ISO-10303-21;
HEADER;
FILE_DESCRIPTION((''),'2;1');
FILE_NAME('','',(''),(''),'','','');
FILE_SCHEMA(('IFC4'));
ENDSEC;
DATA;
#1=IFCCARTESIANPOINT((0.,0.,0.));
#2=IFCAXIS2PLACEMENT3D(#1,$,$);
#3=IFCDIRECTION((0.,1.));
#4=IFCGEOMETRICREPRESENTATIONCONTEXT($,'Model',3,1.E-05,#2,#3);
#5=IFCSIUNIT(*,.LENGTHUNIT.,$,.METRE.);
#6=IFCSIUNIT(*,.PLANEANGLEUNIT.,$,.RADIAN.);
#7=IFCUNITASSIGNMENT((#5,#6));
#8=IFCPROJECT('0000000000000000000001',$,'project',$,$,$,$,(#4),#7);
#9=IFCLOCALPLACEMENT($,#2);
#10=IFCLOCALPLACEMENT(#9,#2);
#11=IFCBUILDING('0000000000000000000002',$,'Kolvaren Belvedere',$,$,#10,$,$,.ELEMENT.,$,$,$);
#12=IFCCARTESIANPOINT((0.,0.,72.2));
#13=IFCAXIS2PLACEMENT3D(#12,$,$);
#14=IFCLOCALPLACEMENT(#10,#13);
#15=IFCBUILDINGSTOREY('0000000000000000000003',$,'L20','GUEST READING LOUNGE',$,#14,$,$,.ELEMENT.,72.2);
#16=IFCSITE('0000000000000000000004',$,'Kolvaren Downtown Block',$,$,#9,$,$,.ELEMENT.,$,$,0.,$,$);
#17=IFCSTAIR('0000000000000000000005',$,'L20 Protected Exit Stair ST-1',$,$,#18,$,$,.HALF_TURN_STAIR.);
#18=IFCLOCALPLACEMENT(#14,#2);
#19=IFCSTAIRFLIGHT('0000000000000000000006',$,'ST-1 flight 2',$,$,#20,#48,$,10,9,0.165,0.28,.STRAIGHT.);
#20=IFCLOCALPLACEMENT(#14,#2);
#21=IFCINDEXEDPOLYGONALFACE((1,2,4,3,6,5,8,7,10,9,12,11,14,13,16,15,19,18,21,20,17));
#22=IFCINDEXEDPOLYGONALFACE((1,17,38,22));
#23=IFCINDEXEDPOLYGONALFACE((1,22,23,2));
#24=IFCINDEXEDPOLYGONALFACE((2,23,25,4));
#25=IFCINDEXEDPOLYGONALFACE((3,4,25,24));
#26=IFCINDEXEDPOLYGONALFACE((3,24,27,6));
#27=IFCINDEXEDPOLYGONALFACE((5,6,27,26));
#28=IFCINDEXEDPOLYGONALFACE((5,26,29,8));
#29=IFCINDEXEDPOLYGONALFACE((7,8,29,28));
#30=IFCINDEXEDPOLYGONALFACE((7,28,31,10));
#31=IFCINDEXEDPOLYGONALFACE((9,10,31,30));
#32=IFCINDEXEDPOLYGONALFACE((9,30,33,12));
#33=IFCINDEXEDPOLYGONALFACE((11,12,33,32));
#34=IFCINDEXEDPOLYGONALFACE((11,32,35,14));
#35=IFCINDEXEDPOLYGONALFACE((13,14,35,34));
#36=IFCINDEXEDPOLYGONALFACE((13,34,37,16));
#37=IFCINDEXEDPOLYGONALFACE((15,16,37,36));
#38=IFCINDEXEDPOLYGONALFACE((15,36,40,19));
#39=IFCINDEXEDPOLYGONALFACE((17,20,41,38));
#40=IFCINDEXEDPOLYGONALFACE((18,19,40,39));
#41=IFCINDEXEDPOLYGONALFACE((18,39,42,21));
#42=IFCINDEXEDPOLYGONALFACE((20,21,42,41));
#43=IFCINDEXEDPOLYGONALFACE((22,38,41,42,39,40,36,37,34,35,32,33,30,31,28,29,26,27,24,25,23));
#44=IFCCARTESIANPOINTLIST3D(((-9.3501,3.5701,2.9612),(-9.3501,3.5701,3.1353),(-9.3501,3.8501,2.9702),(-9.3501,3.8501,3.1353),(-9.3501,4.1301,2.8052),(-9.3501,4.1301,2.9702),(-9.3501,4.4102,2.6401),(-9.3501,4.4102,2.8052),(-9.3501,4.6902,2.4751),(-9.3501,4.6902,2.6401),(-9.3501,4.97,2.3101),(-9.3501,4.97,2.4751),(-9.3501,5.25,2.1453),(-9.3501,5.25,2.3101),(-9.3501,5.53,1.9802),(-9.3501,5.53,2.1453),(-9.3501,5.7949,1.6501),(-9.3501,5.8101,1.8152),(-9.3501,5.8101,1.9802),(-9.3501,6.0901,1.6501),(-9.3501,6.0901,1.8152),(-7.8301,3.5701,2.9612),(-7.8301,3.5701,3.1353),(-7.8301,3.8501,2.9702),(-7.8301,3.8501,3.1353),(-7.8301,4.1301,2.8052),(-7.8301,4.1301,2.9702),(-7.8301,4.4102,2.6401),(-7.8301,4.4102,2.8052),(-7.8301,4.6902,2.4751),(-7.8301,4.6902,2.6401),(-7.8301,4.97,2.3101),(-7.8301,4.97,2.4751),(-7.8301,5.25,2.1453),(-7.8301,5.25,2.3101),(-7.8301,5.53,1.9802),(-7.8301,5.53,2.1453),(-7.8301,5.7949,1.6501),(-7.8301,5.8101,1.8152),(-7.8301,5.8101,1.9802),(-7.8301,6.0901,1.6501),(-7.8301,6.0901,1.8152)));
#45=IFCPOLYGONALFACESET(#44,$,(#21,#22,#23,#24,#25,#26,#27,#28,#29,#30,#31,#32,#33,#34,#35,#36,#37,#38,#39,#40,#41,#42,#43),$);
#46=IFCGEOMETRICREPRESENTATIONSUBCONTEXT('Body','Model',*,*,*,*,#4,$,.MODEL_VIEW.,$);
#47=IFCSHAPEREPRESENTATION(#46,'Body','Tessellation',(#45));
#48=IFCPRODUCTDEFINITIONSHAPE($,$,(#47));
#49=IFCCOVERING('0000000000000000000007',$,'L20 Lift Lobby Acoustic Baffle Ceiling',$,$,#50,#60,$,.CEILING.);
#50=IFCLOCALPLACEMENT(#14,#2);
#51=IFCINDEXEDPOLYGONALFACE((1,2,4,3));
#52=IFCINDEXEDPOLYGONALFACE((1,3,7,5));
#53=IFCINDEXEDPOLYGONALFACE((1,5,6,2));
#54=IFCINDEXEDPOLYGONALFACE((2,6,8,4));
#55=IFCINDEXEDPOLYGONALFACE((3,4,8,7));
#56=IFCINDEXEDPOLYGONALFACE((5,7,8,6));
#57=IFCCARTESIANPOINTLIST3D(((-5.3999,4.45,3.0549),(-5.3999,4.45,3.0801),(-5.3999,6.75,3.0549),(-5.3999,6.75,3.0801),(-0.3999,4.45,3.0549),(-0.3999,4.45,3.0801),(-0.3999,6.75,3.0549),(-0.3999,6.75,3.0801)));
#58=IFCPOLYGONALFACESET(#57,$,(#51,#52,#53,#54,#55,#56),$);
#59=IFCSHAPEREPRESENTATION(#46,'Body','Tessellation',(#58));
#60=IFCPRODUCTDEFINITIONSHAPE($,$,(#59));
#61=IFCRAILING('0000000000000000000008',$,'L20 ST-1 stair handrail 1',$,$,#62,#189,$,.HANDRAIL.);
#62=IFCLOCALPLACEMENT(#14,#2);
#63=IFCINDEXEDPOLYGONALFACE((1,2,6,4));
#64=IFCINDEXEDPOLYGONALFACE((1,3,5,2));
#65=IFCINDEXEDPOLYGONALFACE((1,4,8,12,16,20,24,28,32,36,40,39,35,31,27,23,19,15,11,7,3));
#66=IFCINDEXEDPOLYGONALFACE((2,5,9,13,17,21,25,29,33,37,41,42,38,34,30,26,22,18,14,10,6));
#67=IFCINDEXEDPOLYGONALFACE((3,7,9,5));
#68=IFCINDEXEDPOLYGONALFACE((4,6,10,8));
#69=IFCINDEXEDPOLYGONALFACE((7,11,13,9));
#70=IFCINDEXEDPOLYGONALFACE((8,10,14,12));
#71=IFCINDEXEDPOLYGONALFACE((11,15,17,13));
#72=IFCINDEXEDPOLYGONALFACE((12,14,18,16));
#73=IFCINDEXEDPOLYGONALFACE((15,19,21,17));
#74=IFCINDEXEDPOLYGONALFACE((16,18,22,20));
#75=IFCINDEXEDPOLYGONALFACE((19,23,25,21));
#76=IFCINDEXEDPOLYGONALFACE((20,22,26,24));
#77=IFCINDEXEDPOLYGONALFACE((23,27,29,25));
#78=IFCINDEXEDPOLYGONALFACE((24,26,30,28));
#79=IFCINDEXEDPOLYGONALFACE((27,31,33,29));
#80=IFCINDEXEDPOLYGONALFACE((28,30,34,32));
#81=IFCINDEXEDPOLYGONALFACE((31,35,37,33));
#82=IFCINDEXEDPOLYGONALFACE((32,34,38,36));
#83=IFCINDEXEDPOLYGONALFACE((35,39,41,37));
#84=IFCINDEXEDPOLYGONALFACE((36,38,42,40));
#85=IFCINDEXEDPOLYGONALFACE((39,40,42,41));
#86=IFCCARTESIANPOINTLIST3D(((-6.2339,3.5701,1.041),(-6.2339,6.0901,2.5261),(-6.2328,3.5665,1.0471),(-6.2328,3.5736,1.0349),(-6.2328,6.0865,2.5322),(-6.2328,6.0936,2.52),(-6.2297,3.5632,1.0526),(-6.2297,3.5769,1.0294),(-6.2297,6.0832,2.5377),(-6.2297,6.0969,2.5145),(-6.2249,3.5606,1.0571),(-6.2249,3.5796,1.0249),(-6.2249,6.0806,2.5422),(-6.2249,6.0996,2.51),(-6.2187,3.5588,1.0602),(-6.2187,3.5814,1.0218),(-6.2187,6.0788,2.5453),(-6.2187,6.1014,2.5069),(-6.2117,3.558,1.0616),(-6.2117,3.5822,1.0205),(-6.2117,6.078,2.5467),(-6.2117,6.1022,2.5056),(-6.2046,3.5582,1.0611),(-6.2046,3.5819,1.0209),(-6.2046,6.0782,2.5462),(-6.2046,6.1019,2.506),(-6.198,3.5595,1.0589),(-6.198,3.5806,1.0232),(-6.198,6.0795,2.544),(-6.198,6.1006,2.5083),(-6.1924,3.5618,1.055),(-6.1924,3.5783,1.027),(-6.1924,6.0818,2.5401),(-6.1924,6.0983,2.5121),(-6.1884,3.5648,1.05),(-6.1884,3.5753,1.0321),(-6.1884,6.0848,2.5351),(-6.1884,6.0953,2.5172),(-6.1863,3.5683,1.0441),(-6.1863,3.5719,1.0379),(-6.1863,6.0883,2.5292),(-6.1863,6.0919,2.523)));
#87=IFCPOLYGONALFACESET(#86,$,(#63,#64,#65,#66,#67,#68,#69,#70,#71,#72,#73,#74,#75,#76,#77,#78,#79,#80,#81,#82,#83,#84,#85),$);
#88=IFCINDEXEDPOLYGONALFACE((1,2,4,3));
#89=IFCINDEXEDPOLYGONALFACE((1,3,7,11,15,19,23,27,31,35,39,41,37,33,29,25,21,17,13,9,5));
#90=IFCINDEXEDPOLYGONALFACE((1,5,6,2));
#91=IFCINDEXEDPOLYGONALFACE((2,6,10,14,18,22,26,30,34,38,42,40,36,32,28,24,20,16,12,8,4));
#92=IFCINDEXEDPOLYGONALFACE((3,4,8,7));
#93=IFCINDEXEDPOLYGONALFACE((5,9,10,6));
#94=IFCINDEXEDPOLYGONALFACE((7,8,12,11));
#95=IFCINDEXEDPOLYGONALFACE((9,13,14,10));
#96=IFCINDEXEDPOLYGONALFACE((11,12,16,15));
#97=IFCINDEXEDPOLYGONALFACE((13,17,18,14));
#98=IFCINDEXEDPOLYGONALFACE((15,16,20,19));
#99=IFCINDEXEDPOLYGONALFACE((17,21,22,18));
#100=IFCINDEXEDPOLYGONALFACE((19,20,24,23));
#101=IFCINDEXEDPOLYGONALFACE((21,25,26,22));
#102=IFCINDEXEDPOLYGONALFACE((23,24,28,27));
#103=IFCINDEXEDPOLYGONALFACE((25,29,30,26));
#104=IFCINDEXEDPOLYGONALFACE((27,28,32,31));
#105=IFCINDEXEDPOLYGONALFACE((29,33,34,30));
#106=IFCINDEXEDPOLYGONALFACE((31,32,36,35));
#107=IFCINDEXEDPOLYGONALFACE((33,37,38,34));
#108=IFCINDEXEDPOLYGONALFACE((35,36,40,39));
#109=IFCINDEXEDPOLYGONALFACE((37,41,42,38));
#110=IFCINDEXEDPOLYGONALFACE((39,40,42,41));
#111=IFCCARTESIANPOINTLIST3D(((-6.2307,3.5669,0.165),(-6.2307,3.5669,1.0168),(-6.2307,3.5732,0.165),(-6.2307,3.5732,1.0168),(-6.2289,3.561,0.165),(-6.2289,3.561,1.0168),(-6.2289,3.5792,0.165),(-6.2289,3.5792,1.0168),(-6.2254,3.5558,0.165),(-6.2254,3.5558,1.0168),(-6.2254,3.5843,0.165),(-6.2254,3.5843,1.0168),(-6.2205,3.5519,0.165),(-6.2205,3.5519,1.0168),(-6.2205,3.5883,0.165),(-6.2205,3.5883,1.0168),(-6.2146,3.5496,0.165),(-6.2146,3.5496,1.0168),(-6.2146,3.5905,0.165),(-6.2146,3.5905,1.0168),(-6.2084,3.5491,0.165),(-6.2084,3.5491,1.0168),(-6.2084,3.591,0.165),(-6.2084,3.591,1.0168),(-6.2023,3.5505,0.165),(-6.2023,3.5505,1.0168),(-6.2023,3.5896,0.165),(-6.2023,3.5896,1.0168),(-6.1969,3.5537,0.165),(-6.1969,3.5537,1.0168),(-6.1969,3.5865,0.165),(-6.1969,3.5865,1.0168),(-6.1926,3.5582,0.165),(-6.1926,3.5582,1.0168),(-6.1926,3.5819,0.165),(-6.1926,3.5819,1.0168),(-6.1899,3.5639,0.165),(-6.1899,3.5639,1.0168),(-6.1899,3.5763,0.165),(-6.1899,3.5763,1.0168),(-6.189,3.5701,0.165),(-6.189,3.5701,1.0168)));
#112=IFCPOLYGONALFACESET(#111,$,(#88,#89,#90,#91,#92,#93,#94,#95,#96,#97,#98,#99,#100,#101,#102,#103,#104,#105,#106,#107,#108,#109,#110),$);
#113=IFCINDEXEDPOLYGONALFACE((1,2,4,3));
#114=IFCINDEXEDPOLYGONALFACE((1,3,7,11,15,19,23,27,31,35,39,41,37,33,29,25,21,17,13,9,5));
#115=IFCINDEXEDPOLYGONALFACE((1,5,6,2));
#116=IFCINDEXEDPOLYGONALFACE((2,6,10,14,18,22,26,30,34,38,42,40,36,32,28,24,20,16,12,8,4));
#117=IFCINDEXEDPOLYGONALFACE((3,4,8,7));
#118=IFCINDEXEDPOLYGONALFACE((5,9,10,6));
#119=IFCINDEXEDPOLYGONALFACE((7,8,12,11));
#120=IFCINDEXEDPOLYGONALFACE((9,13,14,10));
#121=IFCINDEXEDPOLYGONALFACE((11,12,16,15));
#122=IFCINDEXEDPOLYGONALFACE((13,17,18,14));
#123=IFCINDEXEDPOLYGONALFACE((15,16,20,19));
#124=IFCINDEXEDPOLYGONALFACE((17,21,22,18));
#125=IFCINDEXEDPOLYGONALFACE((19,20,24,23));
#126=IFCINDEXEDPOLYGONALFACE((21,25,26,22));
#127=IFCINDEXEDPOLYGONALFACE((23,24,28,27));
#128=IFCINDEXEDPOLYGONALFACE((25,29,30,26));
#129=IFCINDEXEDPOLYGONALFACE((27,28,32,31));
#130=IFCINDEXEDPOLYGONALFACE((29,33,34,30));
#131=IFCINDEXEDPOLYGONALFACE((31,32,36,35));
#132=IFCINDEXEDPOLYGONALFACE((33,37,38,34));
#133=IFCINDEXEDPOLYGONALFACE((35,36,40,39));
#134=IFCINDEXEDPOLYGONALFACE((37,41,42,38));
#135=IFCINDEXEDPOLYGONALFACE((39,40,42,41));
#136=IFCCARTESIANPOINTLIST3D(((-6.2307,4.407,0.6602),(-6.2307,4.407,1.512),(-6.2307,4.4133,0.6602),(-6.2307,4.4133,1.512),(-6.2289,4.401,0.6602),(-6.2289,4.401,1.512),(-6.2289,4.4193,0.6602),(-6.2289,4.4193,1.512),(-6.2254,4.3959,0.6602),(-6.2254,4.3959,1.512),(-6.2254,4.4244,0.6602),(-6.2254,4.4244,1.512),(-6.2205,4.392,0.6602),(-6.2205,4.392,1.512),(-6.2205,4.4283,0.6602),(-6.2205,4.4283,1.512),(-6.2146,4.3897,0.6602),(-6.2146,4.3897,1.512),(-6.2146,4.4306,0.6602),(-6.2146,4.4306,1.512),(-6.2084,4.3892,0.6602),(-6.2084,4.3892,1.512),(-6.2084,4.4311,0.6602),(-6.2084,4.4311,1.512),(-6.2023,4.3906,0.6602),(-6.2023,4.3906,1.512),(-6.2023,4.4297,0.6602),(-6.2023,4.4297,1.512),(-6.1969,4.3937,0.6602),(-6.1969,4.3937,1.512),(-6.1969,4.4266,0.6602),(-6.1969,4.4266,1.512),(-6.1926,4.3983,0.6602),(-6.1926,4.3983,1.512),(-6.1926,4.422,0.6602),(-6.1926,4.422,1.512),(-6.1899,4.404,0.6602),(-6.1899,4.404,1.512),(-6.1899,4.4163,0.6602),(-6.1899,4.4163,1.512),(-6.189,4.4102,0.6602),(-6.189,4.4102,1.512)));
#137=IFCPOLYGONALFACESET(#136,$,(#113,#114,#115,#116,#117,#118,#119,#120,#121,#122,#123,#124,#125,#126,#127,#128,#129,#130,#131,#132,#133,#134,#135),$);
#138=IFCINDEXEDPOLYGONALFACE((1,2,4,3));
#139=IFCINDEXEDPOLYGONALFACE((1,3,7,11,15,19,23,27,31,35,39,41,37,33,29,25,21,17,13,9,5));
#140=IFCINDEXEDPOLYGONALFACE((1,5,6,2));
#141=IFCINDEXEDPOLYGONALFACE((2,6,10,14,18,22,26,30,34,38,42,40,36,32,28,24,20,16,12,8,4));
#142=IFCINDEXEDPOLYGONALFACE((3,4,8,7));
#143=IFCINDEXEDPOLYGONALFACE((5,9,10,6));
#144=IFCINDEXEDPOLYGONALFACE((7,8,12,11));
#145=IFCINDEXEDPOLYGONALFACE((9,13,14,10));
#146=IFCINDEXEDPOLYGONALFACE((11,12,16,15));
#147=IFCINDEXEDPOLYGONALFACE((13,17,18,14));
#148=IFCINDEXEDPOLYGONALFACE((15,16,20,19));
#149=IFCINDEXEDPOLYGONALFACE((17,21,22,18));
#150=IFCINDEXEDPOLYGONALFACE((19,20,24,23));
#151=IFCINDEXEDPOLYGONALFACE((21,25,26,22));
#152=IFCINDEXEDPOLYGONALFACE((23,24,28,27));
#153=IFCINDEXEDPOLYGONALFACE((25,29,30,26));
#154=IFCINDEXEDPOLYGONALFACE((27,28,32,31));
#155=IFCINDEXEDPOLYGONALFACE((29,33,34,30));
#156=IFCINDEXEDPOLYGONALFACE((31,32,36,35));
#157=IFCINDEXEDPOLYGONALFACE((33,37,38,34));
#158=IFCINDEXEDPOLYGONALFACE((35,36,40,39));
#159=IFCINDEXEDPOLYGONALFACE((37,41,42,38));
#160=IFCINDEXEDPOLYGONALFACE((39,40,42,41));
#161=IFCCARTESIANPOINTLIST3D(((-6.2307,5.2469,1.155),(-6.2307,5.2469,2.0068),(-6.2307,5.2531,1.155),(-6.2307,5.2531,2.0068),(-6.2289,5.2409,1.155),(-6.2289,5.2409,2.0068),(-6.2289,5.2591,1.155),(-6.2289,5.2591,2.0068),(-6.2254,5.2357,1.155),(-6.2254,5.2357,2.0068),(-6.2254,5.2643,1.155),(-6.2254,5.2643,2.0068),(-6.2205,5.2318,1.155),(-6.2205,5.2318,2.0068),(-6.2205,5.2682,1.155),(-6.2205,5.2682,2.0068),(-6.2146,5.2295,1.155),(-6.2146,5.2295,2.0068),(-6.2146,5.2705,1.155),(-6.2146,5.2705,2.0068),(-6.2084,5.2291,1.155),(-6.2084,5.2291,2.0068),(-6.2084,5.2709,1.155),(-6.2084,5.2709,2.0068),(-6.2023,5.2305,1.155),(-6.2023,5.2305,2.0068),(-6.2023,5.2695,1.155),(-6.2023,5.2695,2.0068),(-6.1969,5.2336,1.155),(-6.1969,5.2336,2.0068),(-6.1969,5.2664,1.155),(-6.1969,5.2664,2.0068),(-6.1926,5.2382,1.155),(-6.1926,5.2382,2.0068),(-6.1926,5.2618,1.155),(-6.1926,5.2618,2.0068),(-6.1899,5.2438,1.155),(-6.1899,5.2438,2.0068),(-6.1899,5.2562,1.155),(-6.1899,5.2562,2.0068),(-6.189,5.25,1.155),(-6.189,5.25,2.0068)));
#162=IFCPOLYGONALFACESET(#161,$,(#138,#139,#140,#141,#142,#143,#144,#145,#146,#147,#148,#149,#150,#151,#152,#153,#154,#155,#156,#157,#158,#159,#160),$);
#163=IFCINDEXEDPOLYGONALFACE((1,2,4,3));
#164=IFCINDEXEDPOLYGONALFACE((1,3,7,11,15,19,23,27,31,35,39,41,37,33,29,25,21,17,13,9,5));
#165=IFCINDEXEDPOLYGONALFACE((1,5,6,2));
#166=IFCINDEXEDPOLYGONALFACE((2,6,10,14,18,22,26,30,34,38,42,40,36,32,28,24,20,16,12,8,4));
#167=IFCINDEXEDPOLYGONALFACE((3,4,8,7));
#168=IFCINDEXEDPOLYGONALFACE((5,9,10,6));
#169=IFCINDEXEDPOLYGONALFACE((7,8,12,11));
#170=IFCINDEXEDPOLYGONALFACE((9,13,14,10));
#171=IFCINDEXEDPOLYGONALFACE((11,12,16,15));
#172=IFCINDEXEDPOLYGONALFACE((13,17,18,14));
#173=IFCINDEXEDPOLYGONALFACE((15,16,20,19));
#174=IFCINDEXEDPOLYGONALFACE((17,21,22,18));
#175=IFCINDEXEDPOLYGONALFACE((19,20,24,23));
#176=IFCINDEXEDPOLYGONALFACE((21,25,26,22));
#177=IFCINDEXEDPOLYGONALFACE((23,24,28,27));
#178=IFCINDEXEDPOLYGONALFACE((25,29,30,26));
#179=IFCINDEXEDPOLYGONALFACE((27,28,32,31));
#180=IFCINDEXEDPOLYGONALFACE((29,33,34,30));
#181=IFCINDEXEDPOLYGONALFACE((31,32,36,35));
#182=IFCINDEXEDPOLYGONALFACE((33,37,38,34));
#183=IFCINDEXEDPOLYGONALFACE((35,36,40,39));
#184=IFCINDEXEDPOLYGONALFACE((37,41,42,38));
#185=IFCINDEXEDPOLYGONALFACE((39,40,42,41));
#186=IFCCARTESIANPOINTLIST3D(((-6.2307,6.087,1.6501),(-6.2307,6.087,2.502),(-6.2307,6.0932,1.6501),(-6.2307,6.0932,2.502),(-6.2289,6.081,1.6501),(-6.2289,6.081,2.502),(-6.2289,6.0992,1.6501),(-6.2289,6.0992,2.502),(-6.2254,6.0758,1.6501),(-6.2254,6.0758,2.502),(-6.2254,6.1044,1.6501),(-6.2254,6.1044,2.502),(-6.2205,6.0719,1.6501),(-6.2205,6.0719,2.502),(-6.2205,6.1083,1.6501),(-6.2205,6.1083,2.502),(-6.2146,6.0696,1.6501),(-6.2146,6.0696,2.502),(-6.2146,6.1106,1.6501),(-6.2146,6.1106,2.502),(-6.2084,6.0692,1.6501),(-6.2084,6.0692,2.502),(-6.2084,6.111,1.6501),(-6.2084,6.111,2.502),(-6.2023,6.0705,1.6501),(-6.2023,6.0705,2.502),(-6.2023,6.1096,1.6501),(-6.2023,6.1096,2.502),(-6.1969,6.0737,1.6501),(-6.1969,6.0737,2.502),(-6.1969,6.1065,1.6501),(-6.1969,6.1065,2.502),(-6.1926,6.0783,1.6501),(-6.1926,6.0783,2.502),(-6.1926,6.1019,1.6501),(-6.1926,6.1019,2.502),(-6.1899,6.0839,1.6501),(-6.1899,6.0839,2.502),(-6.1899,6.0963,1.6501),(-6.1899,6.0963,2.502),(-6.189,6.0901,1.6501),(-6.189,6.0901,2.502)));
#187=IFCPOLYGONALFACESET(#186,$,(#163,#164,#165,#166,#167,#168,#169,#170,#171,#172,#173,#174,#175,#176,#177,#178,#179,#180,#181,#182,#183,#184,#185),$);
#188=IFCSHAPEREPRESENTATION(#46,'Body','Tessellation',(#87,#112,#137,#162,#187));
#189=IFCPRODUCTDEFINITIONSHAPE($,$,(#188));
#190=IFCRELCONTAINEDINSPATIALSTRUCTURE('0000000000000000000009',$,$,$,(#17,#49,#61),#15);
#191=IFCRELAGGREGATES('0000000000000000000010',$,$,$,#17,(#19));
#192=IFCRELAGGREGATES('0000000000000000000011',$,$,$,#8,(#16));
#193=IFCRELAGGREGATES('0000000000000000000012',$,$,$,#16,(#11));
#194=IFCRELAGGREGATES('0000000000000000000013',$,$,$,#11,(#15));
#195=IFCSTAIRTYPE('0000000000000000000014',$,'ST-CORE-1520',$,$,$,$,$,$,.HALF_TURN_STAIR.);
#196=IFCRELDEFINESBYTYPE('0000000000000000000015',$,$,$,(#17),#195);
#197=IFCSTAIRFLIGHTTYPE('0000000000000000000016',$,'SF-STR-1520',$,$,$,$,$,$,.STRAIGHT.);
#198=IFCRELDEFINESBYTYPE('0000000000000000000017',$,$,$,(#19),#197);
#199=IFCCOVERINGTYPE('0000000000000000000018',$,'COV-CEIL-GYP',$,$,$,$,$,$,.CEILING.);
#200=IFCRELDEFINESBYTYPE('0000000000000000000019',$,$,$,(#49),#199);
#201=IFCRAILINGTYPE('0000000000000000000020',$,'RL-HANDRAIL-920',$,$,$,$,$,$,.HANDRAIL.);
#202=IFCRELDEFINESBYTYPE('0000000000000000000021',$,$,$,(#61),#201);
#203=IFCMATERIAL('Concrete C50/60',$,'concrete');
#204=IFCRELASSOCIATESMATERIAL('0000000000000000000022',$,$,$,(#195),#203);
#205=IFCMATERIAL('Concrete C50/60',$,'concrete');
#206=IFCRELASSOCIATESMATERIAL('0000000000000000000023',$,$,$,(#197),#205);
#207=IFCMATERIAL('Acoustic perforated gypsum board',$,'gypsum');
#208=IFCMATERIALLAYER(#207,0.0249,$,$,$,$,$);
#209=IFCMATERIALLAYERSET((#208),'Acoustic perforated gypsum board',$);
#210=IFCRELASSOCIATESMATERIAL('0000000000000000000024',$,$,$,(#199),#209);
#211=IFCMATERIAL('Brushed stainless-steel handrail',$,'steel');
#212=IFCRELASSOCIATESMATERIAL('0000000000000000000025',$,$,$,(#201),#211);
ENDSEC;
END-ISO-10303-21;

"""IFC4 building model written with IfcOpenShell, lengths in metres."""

from ifc_helpers import new_model, si_unit, direction, frame, origin, origin_2d, place, context, subcontext, project, spatial, polyline, circle, outline, extrude, material, layer, layer_set, type_object, element, aggregate, save


model = new_model("IFC4")

# Units and contexts
model_context = context("Model", 3, precision=1e-05, world=origin(), true_north=direction((0.0, 1.0)))
body_context = subcontext(model_context, "Body", "Model", "MODEL_VIEW")
ifc_project = project(units=[si_unit("LENGTHUNIT", "METRE"), si_unit("PLANEANGLEUNIT", "RADIAN")], contexts=[model_context])

# Site, building, storey
site_placement = place(None, origin())
site = spatial("IfcSite", under=ifc_project, at=site_placement, Name="Kolvaren Downtown Block", CompositionType="ELEMENT", RefElevation=0.0)
building_placement = place(site_placement, origin())
building = spatial("IfcBuilding", under=site, at=building_placement, Name="Kolvaren Belvedere", CompositionType="ELEMENT")
storey_placement = place(building_placement, frame((0.0, 0.0, 72.2)))
storey = spatial("IfcBuildingStorey", under=building, at=storey_placement, Name="L20", Description="GUEST READING LOUNGE", CompositionType="ELEMENT", Elevation=72.2)

# Stair
ifc_material_1 = material(Name="Concrete C50/60", Category="concrete")
stair_type = type_object("IfcStairType", Name="ST-CORE-1520", PredefinedType="HALF_TURN_STAIR", material=ifc_material_1)
stair_1_placement = place(storey_placement, origin())
stair_1 = element("IfcStair", 1, at=stair_1_placement, inside=storey, type_object=stair_type, Name="L20 Protected Exit Stair ST-1", PredefinedType="HALF_TURN_STAIR")

# Stair flight
ifc_material_2 = material(Name="Concrete C50/60", Category="concrete")
stair_flight_type = type_object("IfcStairFlightType", Name="SF-STR-1520", PredefinedType="STRAIGHT", material=ifc_material_2)
stair_flight_1_placement = place(storey_placement, frame((-8.5901, 6.0901, 1.6501), z_axis=(0.0, 0.0, 1.0), x_axis=(0.0, -1.0, 0.0)))
stair_flight_1 = element("IfcStairFlight", 2, at=stair_flight_1_placement, type_object=stair_flight_type, Name="ST-1 flight 2", NumberOfRisers=10, NumberOfTreads=9, PredefinedType="STRAIGHT", RiserHeight=0.165, TreadLength=0.28, context=body_context, shape_type="SweptSolid", body=[
    extrude(outline(polyline([(0.0, 0.0), (0.0, 0.165), (0.28, 0.165), (0.28, 0.3301), (0.5601, 0.3301), (0.5601, 0.4951), (0.8401, 0.4951), (0.8401, 0.6599), (1.1201, 0.6599), (1.1201, 0.825), (1.3999, 0.825), (1.3999, 0.99), (1.6799, 0.99), (1.6799, 1.155), (1.96, 1.155), (1.96, 1.3201), (2.24, 1.3201), (2.24, 1.4851), (2.52, 1.4851), (2.52, 1.6499), (2.52, 1.311), (0.2952, 0.0), (0.0, 0.0)])), frame((0.0, 0.76, 0.0), z_axis=(0.0, -1.0, 0.0), x_axis=(1.0, 0.0, 0.0)), (0.0, 0.0, 1.0), 1.52),
])
aggregate(stair_1, [stair_flight_1])

# Covering
ifc_material_3 = material(Name="Acoustic perforated gypsum board", Category="gypsum")
ifc_layer_1 = layer(ifc_material_3, 0.0249)
ifc_layer_set_1 = layer_set([ifc_layer_1], Name="Acoustic perforated gypsum board")
covering_type = type_object("IfcCoveringType", Name="COV-CEIL-GYP", PredefinedType="CEILING", material=ifc_layer_set_1)
covering_placement = place(storey_placement, frame((0.0, 0.0, 3.0549)))
element("IfcCovering", 3, at=covering_placement, inside=storey, type_object=covering_type, Name="L20 Lift Lobby Acoustic Baffle Ceiling", PredefinedType="CEILING", context=body_context, shape_type="SweptSolid", body=[
    extrude(outline(polyline([(-5.3999, 4.45), (-0.3999, 4.45), (-0.3999, 6.75), (-5.3999, 6.75), (-5.3999, 4.45)])), origin(), (0.0, 0.0, 1.0), 0.0251),
])

# Railing
ifc_material_4 = material(Name="Brushed stainless-steel handrail", Category="steel")
railing_type_1 = type_object("IfcRailingType", Name="RL-HANDRAIL-920", PredefinedType="HANDRAIL", material=ifc_material_4)
railing_1_placement = place(storey_placement, frame((-6.21, 3.5701, 0.165)))
element("IfcRailing", 4, at=railing_1_placement, inside=storey, type_object=railing_type_1, Name="L20 ST-1 stair handrail 1", PredefinedType="HANDRAIL", context=body_context, shape_type="SweptSolid", body=[
    extrude(circle(Radius=0.0239, at=origin_2d()), frame((0.0, 0.0, 0.876), z_axis=(0.0, 0.861524, 0.507717), x_axis=(-1.0, 0.0, 0.0)), (0.0, 0.0, 1.0), 2.925),
    extrude(circle(Radius=0.021, at=origin_2d()), origin(), (0.0, 0.0, 1.0), 0.8518),
    extrude(circle(Radius=0.021, at=origin_2d()), frame((0.0, 0.8401, 0.4951)), (0.0, 0.0, 1.0), 0.8518),
    extrude(circle(Radius=0.021, at=origin_2d()), frame((0.0, 1.6799, 0.99)), (0.0, 0.0, 1.0), 0.8518),
    extrude(circle(Radius=0.021, at=origin_2d()), frame((0.0, 2.52, 1.4851)), (0.0, 0.0, 1.0), 0.8518),
])

save(model, "model.ifc")
